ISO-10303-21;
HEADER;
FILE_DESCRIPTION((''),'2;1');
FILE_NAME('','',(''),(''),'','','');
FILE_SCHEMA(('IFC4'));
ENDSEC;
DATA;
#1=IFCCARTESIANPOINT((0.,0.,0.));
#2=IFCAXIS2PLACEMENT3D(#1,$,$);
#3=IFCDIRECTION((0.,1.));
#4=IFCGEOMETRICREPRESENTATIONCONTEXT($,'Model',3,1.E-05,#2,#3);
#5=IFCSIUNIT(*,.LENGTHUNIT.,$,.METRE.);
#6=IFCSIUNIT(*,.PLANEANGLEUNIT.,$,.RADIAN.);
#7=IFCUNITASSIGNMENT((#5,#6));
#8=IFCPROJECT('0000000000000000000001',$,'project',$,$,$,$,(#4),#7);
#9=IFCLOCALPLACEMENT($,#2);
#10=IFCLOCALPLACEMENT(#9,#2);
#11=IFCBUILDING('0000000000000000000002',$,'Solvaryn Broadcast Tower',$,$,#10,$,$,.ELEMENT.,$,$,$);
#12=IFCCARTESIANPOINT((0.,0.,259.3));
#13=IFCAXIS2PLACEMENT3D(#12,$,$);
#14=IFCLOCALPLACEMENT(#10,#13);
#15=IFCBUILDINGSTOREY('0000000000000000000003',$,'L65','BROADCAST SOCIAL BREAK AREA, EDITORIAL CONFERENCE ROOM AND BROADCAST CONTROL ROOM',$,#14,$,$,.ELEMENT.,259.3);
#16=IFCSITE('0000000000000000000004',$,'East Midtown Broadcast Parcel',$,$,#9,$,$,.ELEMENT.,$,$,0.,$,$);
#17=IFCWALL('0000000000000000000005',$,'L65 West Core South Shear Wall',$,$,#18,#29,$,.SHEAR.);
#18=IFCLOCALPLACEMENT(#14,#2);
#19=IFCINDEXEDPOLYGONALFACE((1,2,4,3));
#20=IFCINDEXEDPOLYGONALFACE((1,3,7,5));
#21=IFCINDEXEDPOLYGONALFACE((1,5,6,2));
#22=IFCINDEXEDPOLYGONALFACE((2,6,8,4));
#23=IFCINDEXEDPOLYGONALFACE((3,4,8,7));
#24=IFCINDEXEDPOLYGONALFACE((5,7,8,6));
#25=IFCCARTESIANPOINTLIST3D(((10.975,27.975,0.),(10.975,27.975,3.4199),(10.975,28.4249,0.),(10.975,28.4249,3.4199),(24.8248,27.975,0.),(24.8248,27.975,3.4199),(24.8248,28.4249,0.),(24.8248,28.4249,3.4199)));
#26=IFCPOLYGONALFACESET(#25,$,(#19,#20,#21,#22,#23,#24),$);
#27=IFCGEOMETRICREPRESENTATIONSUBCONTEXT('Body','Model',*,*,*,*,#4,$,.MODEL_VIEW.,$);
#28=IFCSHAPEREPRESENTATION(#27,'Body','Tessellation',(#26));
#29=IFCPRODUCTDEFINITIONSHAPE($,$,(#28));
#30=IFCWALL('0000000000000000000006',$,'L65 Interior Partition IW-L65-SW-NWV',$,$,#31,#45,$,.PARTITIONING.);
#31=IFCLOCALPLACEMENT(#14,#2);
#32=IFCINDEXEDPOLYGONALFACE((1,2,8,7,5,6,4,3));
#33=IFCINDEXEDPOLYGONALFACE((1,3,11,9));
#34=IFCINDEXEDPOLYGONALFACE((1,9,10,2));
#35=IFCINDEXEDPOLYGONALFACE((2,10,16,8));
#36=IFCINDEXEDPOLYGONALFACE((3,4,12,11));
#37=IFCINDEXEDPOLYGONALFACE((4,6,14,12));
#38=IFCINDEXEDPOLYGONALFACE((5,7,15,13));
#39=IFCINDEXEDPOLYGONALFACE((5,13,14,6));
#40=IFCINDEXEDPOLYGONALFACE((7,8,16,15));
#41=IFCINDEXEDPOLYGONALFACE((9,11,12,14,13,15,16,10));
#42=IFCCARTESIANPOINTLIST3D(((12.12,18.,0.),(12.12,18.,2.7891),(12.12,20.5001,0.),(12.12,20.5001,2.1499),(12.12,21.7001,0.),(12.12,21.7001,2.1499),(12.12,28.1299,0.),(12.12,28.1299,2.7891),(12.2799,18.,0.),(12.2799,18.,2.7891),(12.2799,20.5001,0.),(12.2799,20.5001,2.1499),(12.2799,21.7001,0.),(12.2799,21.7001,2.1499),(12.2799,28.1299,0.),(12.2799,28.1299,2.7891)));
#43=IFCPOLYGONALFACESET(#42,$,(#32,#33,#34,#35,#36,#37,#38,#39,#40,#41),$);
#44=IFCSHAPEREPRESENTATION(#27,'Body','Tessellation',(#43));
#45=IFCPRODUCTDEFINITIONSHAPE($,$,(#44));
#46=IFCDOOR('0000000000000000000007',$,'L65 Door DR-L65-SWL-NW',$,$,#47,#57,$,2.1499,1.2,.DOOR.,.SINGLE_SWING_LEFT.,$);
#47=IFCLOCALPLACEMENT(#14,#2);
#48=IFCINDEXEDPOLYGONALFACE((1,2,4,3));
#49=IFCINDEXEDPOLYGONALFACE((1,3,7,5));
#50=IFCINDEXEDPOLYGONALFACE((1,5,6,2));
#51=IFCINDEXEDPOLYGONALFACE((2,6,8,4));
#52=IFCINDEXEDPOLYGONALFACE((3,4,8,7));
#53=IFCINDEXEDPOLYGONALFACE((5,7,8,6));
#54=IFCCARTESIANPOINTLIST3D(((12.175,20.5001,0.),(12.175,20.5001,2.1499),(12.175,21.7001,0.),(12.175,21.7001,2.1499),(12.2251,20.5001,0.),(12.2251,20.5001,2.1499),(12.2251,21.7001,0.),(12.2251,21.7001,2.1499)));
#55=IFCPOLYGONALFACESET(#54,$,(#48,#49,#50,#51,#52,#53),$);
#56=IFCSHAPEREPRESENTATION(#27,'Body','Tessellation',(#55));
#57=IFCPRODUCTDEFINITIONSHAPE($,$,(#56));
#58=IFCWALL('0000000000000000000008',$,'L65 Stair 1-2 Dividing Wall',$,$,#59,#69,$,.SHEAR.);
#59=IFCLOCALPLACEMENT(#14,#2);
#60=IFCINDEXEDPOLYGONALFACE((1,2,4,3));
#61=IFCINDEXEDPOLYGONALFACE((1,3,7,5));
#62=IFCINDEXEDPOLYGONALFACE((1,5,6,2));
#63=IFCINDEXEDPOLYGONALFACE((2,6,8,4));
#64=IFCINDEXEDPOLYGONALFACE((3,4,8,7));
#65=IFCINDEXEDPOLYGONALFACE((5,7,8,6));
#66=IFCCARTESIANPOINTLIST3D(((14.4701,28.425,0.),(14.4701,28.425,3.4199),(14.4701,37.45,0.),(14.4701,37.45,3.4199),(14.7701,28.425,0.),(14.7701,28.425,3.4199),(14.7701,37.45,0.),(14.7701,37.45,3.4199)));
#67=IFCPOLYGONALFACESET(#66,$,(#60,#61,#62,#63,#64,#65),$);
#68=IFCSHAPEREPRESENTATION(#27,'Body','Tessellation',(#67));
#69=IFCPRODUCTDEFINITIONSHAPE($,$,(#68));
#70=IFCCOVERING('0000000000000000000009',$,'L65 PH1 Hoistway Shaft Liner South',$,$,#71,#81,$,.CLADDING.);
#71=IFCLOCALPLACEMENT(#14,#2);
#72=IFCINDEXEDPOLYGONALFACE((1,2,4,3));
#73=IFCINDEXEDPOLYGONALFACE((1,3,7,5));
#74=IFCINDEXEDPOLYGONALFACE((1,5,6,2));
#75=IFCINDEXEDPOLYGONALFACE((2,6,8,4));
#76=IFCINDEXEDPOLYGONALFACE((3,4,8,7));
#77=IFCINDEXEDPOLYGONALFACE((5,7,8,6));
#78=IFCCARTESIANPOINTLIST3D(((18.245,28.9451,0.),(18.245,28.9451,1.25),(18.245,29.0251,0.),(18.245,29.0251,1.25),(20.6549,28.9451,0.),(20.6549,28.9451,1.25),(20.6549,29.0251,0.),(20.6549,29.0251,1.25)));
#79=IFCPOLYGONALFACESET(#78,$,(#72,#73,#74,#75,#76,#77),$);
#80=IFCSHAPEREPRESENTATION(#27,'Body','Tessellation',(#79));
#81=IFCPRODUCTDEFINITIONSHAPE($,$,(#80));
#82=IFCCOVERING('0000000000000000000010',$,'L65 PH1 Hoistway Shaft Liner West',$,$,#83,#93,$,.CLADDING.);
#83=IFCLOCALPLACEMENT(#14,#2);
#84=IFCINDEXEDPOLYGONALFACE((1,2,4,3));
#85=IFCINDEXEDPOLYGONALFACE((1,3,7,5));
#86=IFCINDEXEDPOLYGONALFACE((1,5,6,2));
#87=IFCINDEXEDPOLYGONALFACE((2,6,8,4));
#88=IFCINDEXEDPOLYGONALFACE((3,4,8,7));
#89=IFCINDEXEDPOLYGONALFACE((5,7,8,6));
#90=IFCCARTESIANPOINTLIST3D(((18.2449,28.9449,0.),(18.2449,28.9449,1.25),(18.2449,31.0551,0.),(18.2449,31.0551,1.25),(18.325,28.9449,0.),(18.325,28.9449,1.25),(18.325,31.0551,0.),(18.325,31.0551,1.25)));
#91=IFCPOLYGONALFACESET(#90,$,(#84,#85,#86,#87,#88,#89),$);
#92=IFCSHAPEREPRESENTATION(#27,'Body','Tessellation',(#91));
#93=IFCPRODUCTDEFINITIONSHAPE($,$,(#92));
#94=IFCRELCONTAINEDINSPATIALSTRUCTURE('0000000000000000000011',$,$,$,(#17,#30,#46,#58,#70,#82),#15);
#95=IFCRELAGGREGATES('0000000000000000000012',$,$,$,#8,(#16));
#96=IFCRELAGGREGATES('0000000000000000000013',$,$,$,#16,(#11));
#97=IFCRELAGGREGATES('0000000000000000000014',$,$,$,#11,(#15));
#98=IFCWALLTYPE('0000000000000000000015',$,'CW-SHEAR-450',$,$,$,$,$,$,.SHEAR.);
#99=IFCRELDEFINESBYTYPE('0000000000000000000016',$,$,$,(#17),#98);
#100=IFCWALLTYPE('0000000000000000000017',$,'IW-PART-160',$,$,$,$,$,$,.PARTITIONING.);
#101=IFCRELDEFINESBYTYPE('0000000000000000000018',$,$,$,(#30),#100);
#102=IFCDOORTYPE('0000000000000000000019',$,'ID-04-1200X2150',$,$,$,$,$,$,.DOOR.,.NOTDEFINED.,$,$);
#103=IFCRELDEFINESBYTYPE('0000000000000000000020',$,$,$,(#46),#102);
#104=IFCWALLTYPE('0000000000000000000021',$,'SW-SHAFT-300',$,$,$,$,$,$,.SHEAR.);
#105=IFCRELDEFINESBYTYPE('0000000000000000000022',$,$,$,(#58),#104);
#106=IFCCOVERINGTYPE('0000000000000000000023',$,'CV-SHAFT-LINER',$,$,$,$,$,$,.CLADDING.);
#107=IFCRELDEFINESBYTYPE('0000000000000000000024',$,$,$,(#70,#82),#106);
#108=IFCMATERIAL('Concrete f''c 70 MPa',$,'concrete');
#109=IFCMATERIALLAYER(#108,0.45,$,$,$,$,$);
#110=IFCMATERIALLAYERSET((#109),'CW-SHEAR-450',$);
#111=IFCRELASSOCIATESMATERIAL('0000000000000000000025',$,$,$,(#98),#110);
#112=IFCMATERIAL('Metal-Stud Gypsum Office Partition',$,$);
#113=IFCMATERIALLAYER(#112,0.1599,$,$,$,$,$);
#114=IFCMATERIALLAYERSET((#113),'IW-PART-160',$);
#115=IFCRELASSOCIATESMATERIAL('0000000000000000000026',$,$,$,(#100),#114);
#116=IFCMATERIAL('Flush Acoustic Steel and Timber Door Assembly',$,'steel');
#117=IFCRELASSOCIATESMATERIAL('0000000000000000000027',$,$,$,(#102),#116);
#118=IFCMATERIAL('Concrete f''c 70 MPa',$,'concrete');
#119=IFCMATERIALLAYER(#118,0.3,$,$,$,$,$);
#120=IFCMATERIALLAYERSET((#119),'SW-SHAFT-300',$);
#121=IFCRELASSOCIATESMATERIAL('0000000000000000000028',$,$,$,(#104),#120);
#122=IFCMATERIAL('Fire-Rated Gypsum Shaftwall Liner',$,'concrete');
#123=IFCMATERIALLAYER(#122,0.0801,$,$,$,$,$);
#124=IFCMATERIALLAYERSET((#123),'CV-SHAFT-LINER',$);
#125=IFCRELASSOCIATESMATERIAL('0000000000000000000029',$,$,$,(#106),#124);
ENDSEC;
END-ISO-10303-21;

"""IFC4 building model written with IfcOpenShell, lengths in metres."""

from ifc_helpers import new_model, si_unit, direction, frame, frame_2d, origin, origin_2d, place, context, subcontext, project, spatial, rectangle, extrude, material, layer, layer_set, type_object, element, fill, save


model = new_model("IFC4")

# Units and contexts
model_context = context("Model", 3, precision=1e-05, world=origin(), true_north=direction((0.0, 1.0)))
body_context = subcontext(model_context, "Body", "Model", "MODEL_VIEW")
ifc_project = project(units=[si_unit("LENGTHUNIT", "METRE"), si_unit("PLANEANGLEUNIT", "RADIAN")], contexts=[model_context])

# Site, building, storey
site_placement = place(None, origin())
site = spatial("IfcSite", under=ifc_project, at=site_placement, Name="East Midtown Broadcast Parcel", CompositionType="ELEMENT", RefElevation=0.0)
building_placement = place(site_placement, origin())
building = spatial("IfcBuilding", under=site, at=building_placement, Name="Solvaryn Broadcast Tower", CompositionType="ELEMENT")
storey_placement = place(building_placement, frame((0.0, 0.0, 259.3)))
storey = spatial("IfcBuildingStorey", under=building, at=storey_placement, Name="L65", Description="BROADCAST SOCIAL BREAK AREA, EDITORIAL CONFERENCE ROOM AND BROADCAST CONTROL ROOM", CompositionType="ELEMENT", Elevation=259.3)

# Wall
ifc_material_1 = material(Name="Concrete f'c 70 MPa", Category="concrete")
ifc_layer_1 = layer(ifc_material_1, 0.45)
ifc_layer_set_1 = layer_set([ifc_layer_1], Name="CW-SHEAR-450")
wall_type_1 = type_object("IfcWallType", Name="CW-SHEAR-450", PredefinedType="SHEAR", material=ifc_layer_set_1)
wall_1_placement = place(storey_placement, frame((10.9751, 28.2, 0.0), z_axis=(0.0, 0.0, 1.0), x_axis=(1.0, 0.0, 0.0)))
element("IfcWall", 1, at=wall_1_placement, inside=storey, type_object=wall_type_1, Name="L65 West Core South Shear Wall", PredefinedType="SHEAR", context=body_context, shape_type="SweptSolid", body=[
    extrude(rectangle(XDim=13.8499, YDim=0.45, at=frame_2d((6.9248, 0.0))), origin(), (0.0, 0.0, 1.0), 3.4199),
])

# Wall, opening, door
ifc_material_2 = material(Name="Metal-Stud Gypsum Office Partition")
ifc_layer_2 = layer(ifc_material_2, 0.1599)
ifc_layer_set_2 = layer_set([ifc_layer_2], Name="IW-PART-160")
wall_type_2 = type_object("IfcWallType", Name="IW-PART-160", PredefinedType="PARTITIONING", material=ifc_layer_set_2)
ifc_material_3 = material(Name="Flush Acoustic Steel and Timber Door Assembly", Category="steel")
door_type = type_object("IfcDoorType", Name="ID-04-1200X2150", OperationType="NOTDEFINED", PredefinedType="DOOR", material=ifc_material_3)
wall_2_placement = place(storey_placement, frame((12.2, 18.0, 0.0), z_axis=(0.0, 0.0, 1.0), x_axis=(0.0, 1.0, 0.0)))
wall_2 = element("IfcWall", 2, at=wall_2_placement, inside=storey, type_object=wall_type_2, Name="L65 Interior Partition IW-L65-SW-NWV", PredefinedType="PARTITIONING", context=body_context, shape_type="SweptSolid", body=[
    extrude(rectangle(XDim=10.1299, YDim=0.1599, at=frame_2d((5.0649, 0.0))), origin(), (0.0, 0.0, 1.0), 2.7891),
])
opening_1_placement = place(wall_2_placement, frame((2.5, 0.0, 0.0)))
opening_1 = element("IfcOpeningElement", 3, at=opening_1_placement, cuts=wall_2, PredefinedType="OPENING", context=body_context, shape_type="SweptSolid", body=[
    extrude(rectangle(XDim=1.2, YDim=2.1499, at=frame_2d((0.6001, 1.075))), frame((0.0, 0.0901, 0.0), z_axis=(0.0, -1.0, 0.0), x_axis=(1.0, 0.0, 0.0)), (0.0, 0.0, 1.0), 0.1799),
])
door_1_placement = place(opening_1_placement, origin())
door_1 = element("IfcDoor", 4, at=door_1_placement, inside=storey, type_object=door_type, Name="L65 Door DR-L65-SWL-NW", OperationType="SINGLE_SWING_LEFT", OverallHeight=2.1499, OverallWidth=1.2, PredefinedType="DOOR", context=body_context, shape_type="SweptSolid", body=[
    extrude(rectangle(XDim=1.2, YDim=2.1499, at=frame_2d((0.6001, 1.075))), frame((0.0, 0.0249, 0.0), z_axis=(0.0, -1.0, 0.0), x_axis=(1.0, 0.0, 0.0)), (0.0, 0.0, 1.0), 0.05),
])
fill(opening_1, door_1)

# Wall
ifc_material_4 = material(Name="Concrete f'c 70 MPa", Category="concrete")
ifc_layer_3 = layer(ifc_material_4, 0.3)
ifc_layer_set_3 = layer_set([ifc_layer_3], Name="SW-SHAFT-300")
wall_type_3 = type_object("IfcWallType", Name="SW-SHAFT-300", PredefinedType="SHEAR", material=ifc_layer_set_3)
wall_3_placement = place(storey_placement, frame((14.6201, 28.425, 0.0), z_axis=(0.0, 0.0, 1.0), x_axis=(0.0, 1.0, 0.0)))
element("IfcWall", 5, at=wall_3_placement, inside=storey, type_object=wall_type_3, Name="L65 Stair 1-2 Dividing Wall", PredefinedType="SHEAR", context=body_context, shape_type="SweptSolid", body=[
    extrude(rectangle(XDim=9.0249, YDim=0.3, at=frame_2d((4.5125, 0.0))), origin(), (0.0, 0.0, 1.0), 3.4199),
])

# Coverings
ifc_material_5 = material(Name="Fire-Rated Gypsum Shaftwall Liner", Category="concrete")
ifc_layer_4 = layer(ifc_material_5, 0.0801)
ifc_layer_set_4 = layer_set([ifc_layer_4], Name="CV-SHAFT-LINER")
covering_type = type_object("IfcCoveringType", Name="CV-SHAFT-LINER", PredefinedType="CLADDING", material=ifc_layer_set_4)
covering_1_placement = place(storey_placement, frame((19.45, 28.9851, 0.0), z_axis=(0.0, 0.0, 1.0), x_axis=(1.0, 0.0, 0.0)))
element("IfcCovering", 6, at=covering_1_placement, inside=storey, type_object=covering_type, Name="L65 PH1 Hoistway Shaft Liner South", PredefinedType="CLADDING", context=body_context, shape_type="SweptSolid", body=[
    extrude(rectangle(XDim=2.4099, YDim=0.0801, at=origin_2d()), origin(), (0.0, 0.0, 1.0), 1.25),
])
covering_2_placement = place(storey_placement, frame((18.2849, 30.0, 0.0), z_axis=(0.0, 0.0, 1.0), x_axis=(1.0, 0.0, 0.0)))
element("IfcCovering", 7, at=covering_2_placement, inside=storey, type_object=covering_type, Name="L65 PH1 Hoistway Shaft Liner West", PredefinedType="CLADDING", context=body_context, shape_type="SweptSolid", body=[
    extrude(rectangle(XDim=0.0801, YDim=2.1101, at=origin_2d()), origin(), (0.0, 0.0, 1.0), 1.25),
])

save(model, "model.ifc")
